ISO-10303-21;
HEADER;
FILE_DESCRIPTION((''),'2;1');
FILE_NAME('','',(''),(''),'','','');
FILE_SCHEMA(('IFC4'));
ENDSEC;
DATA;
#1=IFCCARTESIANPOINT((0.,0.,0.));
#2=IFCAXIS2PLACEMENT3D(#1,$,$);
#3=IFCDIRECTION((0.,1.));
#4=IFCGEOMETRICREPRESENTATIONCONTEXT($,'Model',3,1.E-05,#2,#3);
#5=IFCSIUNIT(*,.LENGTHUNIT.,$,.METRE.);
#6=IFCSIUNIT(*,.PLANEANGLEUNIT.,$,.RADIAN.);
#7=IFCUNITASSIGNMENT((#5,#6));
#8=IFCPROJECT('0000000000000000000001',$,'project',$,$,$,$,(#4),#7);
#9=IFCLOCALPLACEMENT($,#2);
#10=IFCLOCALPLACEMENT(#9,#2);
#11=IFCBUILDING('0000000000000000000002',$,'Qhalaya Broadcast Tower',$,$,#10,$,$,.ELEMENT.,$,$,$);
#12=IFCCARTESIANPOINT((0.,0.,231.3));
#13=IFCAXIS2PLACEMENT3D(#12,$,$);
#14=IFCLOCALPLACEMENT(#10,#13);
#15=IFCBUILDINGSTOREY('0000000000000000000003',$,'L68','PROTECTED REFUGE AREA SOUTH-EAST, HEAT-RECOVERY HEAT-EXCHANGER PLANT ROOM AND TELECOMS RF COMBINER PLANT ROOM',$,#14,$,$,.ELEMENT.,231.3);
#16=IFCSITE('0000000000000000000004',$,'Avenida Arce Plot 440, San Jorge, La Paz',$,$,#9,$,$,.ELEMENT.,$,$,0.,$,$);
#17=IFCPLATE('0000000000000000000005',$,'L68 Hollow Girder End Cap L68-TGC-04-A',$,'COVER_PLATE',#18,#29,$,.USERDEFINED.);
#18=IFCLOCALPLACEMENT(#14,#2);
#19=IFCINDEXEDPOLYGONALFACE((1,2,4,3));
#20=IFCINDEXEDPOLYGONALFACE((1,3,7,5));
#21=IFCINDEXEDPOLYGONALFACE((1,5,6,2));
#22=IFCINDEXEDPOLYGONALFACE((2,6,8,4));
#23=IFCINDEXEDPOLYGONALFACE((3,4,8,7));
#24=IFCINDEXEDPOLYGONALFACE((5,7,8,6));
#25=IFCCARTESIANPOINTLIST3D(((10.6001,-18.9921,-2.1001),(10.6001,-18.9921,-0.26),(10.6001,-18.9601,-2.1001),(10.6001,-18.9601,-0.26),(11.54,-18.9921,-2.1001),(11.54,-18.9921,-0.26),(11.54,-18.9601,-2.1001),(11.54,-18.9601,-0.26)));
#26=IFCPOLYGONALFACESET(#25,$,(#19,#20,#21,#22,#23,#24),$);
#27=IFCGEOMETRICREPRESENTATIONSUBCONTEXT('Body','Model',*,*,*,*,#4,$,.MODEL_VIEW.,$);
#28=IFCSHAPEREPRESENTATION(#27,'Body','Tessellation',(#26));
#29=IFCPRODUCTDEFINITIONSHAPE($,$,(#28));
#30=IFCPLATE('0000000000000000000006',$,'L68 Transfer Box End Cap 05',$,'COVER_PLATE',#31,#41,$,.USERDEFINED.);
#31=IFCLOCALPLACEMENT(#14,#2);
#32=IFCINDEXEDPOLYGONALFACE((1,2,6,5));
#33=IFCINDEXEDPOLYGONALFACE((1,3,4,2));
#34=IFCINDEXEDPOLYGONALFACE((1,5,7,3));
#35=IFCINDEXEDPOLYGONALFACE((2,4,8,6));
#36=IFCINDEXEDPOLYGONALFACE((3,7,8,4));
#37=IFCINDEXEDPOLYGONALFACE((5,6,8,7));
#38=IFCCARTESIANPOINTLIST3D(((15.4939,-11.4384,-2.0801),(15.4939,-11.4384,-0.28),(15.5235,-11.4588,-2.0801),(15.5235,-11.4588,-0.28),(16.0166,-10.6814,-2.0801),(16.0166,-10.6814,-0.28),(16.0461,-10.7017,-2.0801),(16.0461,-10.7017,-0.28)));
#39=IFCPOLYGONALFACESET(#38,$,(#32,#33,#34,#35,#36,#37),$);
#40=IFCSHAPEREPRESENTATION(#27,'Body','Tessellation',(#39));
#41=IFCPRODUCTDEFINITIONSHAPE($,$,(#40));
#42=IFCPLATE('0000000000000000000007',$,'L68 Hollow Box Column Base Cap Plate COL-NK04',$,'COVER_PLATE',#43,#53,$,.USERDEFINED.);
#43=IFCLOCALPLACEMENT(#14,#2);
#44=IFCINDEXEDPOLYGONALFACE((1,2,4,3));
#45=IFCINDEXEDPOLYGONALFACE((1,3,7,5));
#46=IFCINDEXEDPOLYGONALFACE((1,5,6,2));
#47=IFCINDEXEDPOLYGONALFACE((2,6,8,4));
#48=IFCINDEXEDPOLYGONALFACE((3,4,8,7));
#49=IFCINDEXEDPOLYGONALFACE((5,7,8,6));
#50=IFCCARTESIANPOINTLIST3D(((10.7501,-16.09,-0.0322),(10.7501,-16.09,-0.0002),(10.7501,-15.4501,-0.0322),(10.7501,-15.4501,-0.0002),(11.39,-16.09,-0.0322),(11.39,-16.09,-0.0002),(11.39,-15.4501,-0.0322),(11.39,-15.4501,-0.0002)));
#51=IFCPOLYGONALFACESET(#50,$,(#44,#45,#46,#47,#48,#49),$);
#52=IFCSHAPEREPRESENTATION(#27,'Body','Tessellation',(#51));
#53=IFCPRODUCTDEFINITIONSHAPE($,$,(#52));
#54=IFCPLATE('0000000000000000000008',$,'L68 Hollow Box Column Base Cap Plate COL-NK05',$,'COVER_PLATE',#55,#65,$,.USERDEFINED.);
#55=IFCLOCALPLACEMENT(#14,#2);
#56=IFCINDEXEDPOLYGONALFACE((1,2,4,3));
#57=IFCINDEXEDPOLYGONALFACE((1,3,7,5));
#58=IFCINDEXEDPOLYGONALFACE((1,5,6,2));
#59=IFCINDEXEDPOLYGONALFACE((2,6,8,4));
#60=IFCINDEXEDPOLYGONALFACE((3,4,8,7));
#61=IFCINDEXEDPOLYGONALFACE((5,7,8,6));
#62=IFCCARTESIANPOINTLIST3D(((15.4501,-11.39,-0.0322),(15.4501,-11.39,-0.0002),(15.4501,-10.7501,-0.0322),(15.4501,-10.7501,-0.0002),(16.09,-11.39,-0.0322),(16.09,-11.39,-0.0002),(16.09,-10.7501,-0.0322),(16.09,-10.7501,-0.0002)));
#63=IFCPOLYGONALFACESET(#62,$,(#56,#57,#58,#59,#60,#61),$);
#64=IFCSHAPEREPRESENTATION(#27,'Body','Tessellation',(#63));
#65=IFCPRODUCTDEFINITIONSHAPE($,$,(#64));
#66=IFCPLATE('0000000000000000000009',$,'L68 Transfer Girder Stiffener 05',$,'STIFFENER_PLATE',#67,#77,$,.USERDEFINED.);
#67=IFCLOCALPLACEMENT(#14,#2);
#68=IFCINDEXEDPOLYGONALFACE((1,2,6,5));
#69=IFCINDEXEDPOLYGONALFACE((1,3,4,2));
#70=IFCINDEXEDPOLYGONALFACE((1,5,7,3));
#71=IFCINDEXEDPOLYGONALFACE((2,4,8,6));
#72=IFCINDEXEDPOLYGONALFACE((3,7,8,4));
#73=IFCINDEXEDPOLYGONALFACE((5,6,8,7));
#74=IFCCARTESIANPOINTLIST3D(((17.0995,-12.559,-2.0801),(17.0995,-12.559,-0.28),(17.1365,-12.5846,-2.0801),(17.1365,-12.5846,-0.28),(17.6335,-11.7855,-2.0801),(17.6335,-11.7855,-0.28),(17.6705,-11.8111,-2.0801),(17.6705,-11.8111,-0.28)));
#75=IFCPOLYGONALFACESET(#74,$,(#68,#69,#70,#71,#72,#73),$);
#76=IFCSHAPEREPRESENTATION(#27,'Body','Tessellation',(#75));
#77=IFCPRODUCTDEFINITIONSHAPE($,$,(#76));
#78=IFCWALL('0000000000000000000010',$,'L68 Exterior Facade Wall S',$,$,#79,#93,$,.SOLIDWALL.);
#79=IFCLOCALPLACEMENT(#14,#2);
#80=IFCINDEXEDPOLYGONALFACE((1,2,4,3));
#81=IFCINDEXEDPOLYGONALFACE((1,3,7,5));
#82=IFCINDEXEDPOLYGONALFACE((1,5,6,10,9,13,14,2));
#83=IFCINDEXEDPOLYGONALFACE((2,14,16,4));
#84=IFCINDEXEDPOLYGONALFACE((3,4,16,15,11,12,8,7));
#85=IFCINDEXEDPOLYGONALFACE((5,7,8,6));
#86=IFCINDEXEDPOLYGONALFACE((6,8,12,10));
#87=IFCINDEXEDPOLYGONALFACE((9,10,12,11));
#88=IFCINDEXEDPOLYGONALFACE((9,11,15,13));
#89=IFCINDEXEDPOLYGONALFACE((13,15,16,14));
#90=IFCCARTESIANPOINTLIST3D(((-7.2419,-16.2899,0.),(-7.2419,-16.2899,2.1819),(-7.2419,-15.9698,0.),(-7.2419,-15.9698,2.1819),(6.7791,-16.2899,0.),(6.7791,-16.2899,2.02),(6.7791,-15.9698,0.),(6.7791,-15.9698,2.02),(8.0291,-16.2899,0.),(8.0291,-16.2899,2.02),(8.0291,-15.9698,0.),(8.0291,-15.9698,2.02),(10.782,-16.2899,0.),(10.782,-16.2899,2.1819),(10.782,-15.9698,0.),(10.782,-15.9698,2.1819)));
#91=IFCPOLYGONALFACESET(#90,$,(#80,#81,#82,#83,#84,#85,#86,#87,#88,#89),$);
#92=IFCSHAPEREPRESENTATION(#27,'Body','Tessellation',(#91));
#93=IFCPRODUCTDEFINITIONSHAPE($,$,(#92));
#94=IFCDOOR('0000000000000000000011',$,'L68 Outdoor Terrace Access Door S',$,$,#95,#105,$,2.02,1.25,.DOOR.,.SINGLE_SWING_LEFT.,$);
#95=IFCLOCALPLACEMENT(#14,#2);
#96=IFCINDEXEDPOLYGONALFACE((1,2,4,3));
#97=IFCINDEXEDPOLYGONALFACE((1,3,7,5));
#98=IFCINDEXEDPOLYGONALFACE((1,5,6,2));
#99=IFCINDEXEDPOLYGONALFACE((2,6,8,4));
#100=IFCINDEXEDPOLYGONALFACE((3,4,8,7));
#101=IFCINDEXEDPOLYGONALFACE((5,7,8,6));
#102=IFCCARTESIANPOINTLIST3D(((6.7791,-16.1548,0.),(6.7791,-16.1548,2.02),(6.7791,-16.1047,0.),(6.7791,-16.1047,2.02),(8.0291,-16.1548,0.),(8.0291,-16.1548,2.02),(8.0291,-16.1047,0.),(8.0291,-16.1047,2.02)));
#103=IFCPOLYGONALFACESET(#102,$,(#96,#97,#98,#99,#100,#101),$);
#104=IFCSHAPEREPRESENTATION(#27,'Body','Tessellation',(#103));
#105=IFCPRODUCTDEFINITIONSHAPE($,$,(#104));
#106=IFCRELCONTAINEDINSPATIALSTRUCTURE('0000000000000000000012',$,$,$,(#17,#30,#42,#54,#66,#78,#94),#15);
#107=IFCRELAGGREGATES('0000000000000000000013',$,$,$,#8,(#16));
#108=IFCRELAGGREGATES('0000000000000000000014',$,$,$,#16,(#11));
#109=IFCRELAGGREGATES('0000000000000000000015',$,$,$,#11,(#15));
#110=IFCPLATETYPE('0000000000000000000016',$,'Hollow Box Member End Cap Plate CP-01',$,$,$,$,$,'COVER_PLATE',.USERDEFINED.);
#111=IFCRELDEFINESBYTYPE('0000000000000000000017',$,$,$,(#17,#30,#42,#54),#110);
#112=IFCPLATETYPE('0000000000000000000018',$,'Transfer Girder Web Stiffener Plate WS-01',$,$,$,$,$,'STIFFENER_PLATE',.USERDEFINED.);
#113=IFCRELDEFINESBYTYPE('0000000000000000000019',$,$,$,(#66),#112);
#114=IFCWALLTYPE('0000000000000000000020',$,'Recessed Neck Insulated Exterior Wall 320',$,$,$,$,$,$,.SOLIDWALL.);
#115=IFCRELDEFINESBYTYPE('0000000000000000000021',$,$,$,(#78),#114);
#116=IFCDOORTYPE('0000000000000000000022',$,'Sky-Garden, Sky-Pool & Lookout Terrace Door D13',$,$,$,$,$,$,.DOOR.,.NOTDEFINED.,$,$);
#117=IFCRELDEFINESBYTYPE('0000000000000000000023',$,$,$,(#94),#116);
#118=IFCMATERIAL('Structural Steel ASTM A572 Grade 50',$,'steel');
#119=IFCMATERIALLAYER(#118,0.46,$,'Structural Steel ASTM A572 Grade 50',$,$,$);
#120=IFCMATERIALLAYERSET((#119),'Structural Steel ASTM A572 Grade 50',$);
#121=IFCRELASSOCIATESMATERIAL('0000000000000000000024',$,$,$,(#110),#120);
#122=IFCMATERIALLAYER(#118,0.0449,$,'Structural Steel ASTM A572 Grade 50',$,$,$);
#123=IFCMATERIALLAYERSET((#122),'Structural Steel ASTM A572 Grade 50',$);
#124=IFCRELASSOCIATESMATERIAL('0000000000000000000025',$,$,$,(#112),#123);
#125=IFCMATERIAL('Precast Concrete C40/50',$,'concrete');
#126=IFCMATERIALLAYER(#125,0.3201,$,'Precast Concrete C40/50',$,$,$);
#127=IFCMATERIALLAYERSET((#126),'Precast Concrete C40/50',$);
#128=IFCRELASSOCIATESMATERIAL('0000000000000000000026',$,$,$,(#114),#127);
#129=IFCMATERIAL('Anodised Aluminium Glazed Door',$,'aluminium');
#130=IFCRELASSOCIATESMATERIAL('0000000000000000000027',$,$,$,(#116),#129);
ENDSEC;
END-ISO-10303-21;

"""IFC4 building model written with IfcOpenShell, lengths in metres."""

from ifc_helpers import new_model, si_unit, direction, frame, frame_2d, origin, origin_2d, place, context, subcontext, project, spatial, rectangle, extrude, material, layer, layer_set, type_object, element, fill, save


model = new_model("IFC4")

# Units and contexts
model_context = context("Model", 3, precision=1e-05, world=origin(), true_north=direction((0.0, 1.0)))
body_context = subcontext(model_context, "Body", "Model", "MODEL_VIEW")
ifc_project = project(units=[si_unit("LENGTHUNIT", "METRE"), si_unit("PLANEANGLEUNIT", "RADIAN")], contexts=[model_context])

# Site, building, storey
site_placement = place(None, origin())
site = spatial("IfcSite", under=ifc_project, at=site_placement, Name="Avenida Arce Plot 440, San Jorge, La Paz", CompositionType="ELEMENT", RefElevation=0.0)
building_placement = place(site_placement, origin())
building = spatial("IfcBuilding", under=site, at=building_placement, Name="Qhalaya Broadcast Tower", CompositionType="ELEMENT")
storey_placement = place(building_placement, frame((0.0, 0.0, 231.3)))
storey = spatial("IfcBuildingStorey", under=building, at=storey_placement, Name="L68", Description="PROTECTED REFUGE AREA SOUTH-EAST, HEAT-RECOVERY HEAT-EXCHANGER PLANT ROOM AND TELECOMS RF COMBINER PLANT ROOM", CompositionType="ELEMENT", Elevation=231.3)

# Shared definitions
ifc_material_1 = material(Name="Structural Steel ASTM A572 Grade 50", Category="steel")

# Plates
ifc_layer_1 = layer(ifc_material_1, 0.46, Name="Structural Steel ASTM A572 Grade 50")
ifc_layer_set_1 = layer_set([ifc_layer_1], Name="Structural Steel ASTM A572 Grade 50")
plate_type_1 = type_object("IfcPlateType", Name="Hollow Box Member End Cap Plate CP-01", ElementType="COVER_PLATE", PredefinedType="USERDEFINED", material=ifc_layer_set_1)
for number, where, z_axis, x_axis, name in (
    (1, (11.0701, -18.9761, -2.1001), (0.0, 0.0, 1.0), (-1.0, 0.0, 0.0), "L68 Hollow Girder End Cap L68-TGC-04-A"),
):
    element("IfcPlate", number, at=place(storey_placement, frame(where, z_axis=z_axis, x_axis=x_axis)), inside=storey, type_object=plate_type_1, Name=name, ObjectType="COVER_PLATE", PredefinedType="USERDEFINED", context=body_context, shape_type="SweptSolid", body=[
        extrude(rectangle(XDim=0.9399, YDim=0.032, at=origin_2d()), origin(), (0.0, 0.0, 1.0), 1.8401),
    ])
plate_1_placement = place(storey_placement, frame((15.77, -11.0701, -2.0801), z_axis=(0.0, 0.0, 1.0), x_axis=(-0.568145, -0.822928, 0.0)))
element("IfcPlate", 2, at=plate_1_placement, inside=storey, type_object=plate_type_1, Name="L68 Transfer Box End Cap 05", ObjectType="COVER_PLATE", PredefinedType="USERDEFINED", context=body_context, shape_type="SweptSolid", body=[
    extrude(rectangle(XDim=0.9199, YDim=0.0359, at=origin_2d()), origin(), (0.0, 0.0, 1.0), 1.8),
])
for number, where, z_axis, x_axis, name in (
    (3, (11.0701, -15.77, -0.0322), (0.0, 0.0, 1.0), (1.0, 0.0, 0.0), "L68 Hollow Box Column Base Cap Plate COL-NK04"),
    (4, (15.77, -11.0701, -0.0322), (0.0, 0.0, 1.0), (0.0, 1.0, 0.0), "L68 Hollow Box Column Base Cap Plate COL-NK05"),
):
    element("IfcPlate", number, at=place(storey_placement, frame(where, z_axis=z_axis, x_axis=x_axis)), inside=storey, type_object=plate_type_1, Name=name, ObjectType="COVER_PLATE", PredefinedType="USERDEFINED", context=body_context, shape_type="SweptSolid", body=[
        extrude(rectangle(XDim=0.6399, YDim=0.6399, at=origin_2d()), origin(), (0.0, 0.0, 1.0), 0.032),
    ])
ifc_layer_2 = layer(ifc_material_1, 0.0449, Name="Structural Steel ASTM A572 Grade 50")
ifc_layer_set_2 = layer_set([ifc_layer_2], Name="Structural Steel ASTM A572 Grade 50")
plate_type_2 = type_object("IfcPlateType", Name="Transfer Girder Web Stiffener Plate WS-01", ElementType="STIFFENER_PLATE", PredefinedType="USERDEFINED", material=ifc_layer_set_2)
plate_2_placement = place(storey_placement, frame((17.385, -12.1851, -2.0801), z_axis=(0.0, 0.0, 1.0), x_axis=(-0.568145, -0.822928, 0.0)))
element("IfcPlate", 5, at=plate_2_placement, inside=storey, type_object=plate_type_2, Name="L68 Transfer Girder Stiffener 05", ObjectType="STIFFENER_PLATE", PredefinedType="USERDEFINED", context=body_context, shape_type="SweptSolid", body=[
    extrude(rectangle(XDim=0.9399, YDim=0.0449, at=origin_2d()), origin(), (0.0, 0.0, 1.0), 1.8),
])

# Wall, opening, door
ifc_material_2 = material(Name="Precast Concrete C40/50", Category="concrete")
ifc_layer_3 = layer(ifc_material_2, 0.3201, Name="Precast Concrete C40/50")
ifc_layer_set_3 = layer_set([ifc_layer_3], Name="Precast Concrete C40/50")
wall_type = type_object("IfcWallType", Name="Recessed Neck Insulated Exterior Wall 320", PredefinedType="SOLIDWALL", material=ifc_layer_set_3)
wall_placement = place(storey_placement, frame((10.782, -16.1299, 0.0), z_axis=(0.0, 0.0, 1.0), x_axis=(-1.0, 0.0, 0.0)))
wall = element("IfcWall", 6, at=wall_placement, inside=storey, type_object=wall_type, Name="L68 Exterior Facade Wall S", PredefinedType="SOLIDWALL", context=body_context, shape_type="SweptSolid", body=[
    extrude(rectangle(XDim=18.0239, YDim=0.3201, at=frame_2d((9.012, 0.0))), origin(), (0.0, 0.0, 1.0), 2.1819),
])
opening_placement = place(wall_placement, frame((2.7529, 0.0, 0.0)))
opening = element("IfcOpeningElement", 7, at=opening_placement, cuts=wall, PredefinedType="OPENING", context=body_context, shape_type="SweptSolid", body=[
    extrude(rectangle(XDim=1.25, YDim=2.02, at=frame_2d((0.625, 1.01))), frame((0.0, 0.1721, 0.0), z_axis=(0.0, -1.0, 0.0), x_axis=(1.0, 0.0, 0.0)), (0.0, 0.0, 1.0), 0.344),
])
ifc_material_3 = material(Name="Anodised Aluminium Glazed Door", Category="aluminium")
door_type = type_object("IfcDoorType", Name="Sky-Garden, Sky-Pool & Lookout Terrace Door D13", OperationType="NOTDEFINED", PredefinedType="DOOR", material=ifc_material_3)
door_placement = place(opening_placement, origin())
door = element("IfcDoor", 8, at=door_placement, inside=storey, type_object=door_type, Name="L68 Outdoor Terrace Access Door S", OperationType="SINGLE_SWING_LEFT", OverallHeight=2.02, OverallWidth=1.25, PredefinedType="DOOR", context=body_context, shape_type="SweptSolid", body=[
    extrude(rectangle(XDim=1.25, YDim=2.02, at=frame_2d((0.625, 1.01))), frame((0.0, 0.0249, 0.0), z_axis=(0.0, -1.0, 0.0), x_axis=(1.0, 0.0, 0.0)), (0.0, 0.0, 1.0), 0.05),
])
fill(opening, door)

save(model, "model.ifc")
